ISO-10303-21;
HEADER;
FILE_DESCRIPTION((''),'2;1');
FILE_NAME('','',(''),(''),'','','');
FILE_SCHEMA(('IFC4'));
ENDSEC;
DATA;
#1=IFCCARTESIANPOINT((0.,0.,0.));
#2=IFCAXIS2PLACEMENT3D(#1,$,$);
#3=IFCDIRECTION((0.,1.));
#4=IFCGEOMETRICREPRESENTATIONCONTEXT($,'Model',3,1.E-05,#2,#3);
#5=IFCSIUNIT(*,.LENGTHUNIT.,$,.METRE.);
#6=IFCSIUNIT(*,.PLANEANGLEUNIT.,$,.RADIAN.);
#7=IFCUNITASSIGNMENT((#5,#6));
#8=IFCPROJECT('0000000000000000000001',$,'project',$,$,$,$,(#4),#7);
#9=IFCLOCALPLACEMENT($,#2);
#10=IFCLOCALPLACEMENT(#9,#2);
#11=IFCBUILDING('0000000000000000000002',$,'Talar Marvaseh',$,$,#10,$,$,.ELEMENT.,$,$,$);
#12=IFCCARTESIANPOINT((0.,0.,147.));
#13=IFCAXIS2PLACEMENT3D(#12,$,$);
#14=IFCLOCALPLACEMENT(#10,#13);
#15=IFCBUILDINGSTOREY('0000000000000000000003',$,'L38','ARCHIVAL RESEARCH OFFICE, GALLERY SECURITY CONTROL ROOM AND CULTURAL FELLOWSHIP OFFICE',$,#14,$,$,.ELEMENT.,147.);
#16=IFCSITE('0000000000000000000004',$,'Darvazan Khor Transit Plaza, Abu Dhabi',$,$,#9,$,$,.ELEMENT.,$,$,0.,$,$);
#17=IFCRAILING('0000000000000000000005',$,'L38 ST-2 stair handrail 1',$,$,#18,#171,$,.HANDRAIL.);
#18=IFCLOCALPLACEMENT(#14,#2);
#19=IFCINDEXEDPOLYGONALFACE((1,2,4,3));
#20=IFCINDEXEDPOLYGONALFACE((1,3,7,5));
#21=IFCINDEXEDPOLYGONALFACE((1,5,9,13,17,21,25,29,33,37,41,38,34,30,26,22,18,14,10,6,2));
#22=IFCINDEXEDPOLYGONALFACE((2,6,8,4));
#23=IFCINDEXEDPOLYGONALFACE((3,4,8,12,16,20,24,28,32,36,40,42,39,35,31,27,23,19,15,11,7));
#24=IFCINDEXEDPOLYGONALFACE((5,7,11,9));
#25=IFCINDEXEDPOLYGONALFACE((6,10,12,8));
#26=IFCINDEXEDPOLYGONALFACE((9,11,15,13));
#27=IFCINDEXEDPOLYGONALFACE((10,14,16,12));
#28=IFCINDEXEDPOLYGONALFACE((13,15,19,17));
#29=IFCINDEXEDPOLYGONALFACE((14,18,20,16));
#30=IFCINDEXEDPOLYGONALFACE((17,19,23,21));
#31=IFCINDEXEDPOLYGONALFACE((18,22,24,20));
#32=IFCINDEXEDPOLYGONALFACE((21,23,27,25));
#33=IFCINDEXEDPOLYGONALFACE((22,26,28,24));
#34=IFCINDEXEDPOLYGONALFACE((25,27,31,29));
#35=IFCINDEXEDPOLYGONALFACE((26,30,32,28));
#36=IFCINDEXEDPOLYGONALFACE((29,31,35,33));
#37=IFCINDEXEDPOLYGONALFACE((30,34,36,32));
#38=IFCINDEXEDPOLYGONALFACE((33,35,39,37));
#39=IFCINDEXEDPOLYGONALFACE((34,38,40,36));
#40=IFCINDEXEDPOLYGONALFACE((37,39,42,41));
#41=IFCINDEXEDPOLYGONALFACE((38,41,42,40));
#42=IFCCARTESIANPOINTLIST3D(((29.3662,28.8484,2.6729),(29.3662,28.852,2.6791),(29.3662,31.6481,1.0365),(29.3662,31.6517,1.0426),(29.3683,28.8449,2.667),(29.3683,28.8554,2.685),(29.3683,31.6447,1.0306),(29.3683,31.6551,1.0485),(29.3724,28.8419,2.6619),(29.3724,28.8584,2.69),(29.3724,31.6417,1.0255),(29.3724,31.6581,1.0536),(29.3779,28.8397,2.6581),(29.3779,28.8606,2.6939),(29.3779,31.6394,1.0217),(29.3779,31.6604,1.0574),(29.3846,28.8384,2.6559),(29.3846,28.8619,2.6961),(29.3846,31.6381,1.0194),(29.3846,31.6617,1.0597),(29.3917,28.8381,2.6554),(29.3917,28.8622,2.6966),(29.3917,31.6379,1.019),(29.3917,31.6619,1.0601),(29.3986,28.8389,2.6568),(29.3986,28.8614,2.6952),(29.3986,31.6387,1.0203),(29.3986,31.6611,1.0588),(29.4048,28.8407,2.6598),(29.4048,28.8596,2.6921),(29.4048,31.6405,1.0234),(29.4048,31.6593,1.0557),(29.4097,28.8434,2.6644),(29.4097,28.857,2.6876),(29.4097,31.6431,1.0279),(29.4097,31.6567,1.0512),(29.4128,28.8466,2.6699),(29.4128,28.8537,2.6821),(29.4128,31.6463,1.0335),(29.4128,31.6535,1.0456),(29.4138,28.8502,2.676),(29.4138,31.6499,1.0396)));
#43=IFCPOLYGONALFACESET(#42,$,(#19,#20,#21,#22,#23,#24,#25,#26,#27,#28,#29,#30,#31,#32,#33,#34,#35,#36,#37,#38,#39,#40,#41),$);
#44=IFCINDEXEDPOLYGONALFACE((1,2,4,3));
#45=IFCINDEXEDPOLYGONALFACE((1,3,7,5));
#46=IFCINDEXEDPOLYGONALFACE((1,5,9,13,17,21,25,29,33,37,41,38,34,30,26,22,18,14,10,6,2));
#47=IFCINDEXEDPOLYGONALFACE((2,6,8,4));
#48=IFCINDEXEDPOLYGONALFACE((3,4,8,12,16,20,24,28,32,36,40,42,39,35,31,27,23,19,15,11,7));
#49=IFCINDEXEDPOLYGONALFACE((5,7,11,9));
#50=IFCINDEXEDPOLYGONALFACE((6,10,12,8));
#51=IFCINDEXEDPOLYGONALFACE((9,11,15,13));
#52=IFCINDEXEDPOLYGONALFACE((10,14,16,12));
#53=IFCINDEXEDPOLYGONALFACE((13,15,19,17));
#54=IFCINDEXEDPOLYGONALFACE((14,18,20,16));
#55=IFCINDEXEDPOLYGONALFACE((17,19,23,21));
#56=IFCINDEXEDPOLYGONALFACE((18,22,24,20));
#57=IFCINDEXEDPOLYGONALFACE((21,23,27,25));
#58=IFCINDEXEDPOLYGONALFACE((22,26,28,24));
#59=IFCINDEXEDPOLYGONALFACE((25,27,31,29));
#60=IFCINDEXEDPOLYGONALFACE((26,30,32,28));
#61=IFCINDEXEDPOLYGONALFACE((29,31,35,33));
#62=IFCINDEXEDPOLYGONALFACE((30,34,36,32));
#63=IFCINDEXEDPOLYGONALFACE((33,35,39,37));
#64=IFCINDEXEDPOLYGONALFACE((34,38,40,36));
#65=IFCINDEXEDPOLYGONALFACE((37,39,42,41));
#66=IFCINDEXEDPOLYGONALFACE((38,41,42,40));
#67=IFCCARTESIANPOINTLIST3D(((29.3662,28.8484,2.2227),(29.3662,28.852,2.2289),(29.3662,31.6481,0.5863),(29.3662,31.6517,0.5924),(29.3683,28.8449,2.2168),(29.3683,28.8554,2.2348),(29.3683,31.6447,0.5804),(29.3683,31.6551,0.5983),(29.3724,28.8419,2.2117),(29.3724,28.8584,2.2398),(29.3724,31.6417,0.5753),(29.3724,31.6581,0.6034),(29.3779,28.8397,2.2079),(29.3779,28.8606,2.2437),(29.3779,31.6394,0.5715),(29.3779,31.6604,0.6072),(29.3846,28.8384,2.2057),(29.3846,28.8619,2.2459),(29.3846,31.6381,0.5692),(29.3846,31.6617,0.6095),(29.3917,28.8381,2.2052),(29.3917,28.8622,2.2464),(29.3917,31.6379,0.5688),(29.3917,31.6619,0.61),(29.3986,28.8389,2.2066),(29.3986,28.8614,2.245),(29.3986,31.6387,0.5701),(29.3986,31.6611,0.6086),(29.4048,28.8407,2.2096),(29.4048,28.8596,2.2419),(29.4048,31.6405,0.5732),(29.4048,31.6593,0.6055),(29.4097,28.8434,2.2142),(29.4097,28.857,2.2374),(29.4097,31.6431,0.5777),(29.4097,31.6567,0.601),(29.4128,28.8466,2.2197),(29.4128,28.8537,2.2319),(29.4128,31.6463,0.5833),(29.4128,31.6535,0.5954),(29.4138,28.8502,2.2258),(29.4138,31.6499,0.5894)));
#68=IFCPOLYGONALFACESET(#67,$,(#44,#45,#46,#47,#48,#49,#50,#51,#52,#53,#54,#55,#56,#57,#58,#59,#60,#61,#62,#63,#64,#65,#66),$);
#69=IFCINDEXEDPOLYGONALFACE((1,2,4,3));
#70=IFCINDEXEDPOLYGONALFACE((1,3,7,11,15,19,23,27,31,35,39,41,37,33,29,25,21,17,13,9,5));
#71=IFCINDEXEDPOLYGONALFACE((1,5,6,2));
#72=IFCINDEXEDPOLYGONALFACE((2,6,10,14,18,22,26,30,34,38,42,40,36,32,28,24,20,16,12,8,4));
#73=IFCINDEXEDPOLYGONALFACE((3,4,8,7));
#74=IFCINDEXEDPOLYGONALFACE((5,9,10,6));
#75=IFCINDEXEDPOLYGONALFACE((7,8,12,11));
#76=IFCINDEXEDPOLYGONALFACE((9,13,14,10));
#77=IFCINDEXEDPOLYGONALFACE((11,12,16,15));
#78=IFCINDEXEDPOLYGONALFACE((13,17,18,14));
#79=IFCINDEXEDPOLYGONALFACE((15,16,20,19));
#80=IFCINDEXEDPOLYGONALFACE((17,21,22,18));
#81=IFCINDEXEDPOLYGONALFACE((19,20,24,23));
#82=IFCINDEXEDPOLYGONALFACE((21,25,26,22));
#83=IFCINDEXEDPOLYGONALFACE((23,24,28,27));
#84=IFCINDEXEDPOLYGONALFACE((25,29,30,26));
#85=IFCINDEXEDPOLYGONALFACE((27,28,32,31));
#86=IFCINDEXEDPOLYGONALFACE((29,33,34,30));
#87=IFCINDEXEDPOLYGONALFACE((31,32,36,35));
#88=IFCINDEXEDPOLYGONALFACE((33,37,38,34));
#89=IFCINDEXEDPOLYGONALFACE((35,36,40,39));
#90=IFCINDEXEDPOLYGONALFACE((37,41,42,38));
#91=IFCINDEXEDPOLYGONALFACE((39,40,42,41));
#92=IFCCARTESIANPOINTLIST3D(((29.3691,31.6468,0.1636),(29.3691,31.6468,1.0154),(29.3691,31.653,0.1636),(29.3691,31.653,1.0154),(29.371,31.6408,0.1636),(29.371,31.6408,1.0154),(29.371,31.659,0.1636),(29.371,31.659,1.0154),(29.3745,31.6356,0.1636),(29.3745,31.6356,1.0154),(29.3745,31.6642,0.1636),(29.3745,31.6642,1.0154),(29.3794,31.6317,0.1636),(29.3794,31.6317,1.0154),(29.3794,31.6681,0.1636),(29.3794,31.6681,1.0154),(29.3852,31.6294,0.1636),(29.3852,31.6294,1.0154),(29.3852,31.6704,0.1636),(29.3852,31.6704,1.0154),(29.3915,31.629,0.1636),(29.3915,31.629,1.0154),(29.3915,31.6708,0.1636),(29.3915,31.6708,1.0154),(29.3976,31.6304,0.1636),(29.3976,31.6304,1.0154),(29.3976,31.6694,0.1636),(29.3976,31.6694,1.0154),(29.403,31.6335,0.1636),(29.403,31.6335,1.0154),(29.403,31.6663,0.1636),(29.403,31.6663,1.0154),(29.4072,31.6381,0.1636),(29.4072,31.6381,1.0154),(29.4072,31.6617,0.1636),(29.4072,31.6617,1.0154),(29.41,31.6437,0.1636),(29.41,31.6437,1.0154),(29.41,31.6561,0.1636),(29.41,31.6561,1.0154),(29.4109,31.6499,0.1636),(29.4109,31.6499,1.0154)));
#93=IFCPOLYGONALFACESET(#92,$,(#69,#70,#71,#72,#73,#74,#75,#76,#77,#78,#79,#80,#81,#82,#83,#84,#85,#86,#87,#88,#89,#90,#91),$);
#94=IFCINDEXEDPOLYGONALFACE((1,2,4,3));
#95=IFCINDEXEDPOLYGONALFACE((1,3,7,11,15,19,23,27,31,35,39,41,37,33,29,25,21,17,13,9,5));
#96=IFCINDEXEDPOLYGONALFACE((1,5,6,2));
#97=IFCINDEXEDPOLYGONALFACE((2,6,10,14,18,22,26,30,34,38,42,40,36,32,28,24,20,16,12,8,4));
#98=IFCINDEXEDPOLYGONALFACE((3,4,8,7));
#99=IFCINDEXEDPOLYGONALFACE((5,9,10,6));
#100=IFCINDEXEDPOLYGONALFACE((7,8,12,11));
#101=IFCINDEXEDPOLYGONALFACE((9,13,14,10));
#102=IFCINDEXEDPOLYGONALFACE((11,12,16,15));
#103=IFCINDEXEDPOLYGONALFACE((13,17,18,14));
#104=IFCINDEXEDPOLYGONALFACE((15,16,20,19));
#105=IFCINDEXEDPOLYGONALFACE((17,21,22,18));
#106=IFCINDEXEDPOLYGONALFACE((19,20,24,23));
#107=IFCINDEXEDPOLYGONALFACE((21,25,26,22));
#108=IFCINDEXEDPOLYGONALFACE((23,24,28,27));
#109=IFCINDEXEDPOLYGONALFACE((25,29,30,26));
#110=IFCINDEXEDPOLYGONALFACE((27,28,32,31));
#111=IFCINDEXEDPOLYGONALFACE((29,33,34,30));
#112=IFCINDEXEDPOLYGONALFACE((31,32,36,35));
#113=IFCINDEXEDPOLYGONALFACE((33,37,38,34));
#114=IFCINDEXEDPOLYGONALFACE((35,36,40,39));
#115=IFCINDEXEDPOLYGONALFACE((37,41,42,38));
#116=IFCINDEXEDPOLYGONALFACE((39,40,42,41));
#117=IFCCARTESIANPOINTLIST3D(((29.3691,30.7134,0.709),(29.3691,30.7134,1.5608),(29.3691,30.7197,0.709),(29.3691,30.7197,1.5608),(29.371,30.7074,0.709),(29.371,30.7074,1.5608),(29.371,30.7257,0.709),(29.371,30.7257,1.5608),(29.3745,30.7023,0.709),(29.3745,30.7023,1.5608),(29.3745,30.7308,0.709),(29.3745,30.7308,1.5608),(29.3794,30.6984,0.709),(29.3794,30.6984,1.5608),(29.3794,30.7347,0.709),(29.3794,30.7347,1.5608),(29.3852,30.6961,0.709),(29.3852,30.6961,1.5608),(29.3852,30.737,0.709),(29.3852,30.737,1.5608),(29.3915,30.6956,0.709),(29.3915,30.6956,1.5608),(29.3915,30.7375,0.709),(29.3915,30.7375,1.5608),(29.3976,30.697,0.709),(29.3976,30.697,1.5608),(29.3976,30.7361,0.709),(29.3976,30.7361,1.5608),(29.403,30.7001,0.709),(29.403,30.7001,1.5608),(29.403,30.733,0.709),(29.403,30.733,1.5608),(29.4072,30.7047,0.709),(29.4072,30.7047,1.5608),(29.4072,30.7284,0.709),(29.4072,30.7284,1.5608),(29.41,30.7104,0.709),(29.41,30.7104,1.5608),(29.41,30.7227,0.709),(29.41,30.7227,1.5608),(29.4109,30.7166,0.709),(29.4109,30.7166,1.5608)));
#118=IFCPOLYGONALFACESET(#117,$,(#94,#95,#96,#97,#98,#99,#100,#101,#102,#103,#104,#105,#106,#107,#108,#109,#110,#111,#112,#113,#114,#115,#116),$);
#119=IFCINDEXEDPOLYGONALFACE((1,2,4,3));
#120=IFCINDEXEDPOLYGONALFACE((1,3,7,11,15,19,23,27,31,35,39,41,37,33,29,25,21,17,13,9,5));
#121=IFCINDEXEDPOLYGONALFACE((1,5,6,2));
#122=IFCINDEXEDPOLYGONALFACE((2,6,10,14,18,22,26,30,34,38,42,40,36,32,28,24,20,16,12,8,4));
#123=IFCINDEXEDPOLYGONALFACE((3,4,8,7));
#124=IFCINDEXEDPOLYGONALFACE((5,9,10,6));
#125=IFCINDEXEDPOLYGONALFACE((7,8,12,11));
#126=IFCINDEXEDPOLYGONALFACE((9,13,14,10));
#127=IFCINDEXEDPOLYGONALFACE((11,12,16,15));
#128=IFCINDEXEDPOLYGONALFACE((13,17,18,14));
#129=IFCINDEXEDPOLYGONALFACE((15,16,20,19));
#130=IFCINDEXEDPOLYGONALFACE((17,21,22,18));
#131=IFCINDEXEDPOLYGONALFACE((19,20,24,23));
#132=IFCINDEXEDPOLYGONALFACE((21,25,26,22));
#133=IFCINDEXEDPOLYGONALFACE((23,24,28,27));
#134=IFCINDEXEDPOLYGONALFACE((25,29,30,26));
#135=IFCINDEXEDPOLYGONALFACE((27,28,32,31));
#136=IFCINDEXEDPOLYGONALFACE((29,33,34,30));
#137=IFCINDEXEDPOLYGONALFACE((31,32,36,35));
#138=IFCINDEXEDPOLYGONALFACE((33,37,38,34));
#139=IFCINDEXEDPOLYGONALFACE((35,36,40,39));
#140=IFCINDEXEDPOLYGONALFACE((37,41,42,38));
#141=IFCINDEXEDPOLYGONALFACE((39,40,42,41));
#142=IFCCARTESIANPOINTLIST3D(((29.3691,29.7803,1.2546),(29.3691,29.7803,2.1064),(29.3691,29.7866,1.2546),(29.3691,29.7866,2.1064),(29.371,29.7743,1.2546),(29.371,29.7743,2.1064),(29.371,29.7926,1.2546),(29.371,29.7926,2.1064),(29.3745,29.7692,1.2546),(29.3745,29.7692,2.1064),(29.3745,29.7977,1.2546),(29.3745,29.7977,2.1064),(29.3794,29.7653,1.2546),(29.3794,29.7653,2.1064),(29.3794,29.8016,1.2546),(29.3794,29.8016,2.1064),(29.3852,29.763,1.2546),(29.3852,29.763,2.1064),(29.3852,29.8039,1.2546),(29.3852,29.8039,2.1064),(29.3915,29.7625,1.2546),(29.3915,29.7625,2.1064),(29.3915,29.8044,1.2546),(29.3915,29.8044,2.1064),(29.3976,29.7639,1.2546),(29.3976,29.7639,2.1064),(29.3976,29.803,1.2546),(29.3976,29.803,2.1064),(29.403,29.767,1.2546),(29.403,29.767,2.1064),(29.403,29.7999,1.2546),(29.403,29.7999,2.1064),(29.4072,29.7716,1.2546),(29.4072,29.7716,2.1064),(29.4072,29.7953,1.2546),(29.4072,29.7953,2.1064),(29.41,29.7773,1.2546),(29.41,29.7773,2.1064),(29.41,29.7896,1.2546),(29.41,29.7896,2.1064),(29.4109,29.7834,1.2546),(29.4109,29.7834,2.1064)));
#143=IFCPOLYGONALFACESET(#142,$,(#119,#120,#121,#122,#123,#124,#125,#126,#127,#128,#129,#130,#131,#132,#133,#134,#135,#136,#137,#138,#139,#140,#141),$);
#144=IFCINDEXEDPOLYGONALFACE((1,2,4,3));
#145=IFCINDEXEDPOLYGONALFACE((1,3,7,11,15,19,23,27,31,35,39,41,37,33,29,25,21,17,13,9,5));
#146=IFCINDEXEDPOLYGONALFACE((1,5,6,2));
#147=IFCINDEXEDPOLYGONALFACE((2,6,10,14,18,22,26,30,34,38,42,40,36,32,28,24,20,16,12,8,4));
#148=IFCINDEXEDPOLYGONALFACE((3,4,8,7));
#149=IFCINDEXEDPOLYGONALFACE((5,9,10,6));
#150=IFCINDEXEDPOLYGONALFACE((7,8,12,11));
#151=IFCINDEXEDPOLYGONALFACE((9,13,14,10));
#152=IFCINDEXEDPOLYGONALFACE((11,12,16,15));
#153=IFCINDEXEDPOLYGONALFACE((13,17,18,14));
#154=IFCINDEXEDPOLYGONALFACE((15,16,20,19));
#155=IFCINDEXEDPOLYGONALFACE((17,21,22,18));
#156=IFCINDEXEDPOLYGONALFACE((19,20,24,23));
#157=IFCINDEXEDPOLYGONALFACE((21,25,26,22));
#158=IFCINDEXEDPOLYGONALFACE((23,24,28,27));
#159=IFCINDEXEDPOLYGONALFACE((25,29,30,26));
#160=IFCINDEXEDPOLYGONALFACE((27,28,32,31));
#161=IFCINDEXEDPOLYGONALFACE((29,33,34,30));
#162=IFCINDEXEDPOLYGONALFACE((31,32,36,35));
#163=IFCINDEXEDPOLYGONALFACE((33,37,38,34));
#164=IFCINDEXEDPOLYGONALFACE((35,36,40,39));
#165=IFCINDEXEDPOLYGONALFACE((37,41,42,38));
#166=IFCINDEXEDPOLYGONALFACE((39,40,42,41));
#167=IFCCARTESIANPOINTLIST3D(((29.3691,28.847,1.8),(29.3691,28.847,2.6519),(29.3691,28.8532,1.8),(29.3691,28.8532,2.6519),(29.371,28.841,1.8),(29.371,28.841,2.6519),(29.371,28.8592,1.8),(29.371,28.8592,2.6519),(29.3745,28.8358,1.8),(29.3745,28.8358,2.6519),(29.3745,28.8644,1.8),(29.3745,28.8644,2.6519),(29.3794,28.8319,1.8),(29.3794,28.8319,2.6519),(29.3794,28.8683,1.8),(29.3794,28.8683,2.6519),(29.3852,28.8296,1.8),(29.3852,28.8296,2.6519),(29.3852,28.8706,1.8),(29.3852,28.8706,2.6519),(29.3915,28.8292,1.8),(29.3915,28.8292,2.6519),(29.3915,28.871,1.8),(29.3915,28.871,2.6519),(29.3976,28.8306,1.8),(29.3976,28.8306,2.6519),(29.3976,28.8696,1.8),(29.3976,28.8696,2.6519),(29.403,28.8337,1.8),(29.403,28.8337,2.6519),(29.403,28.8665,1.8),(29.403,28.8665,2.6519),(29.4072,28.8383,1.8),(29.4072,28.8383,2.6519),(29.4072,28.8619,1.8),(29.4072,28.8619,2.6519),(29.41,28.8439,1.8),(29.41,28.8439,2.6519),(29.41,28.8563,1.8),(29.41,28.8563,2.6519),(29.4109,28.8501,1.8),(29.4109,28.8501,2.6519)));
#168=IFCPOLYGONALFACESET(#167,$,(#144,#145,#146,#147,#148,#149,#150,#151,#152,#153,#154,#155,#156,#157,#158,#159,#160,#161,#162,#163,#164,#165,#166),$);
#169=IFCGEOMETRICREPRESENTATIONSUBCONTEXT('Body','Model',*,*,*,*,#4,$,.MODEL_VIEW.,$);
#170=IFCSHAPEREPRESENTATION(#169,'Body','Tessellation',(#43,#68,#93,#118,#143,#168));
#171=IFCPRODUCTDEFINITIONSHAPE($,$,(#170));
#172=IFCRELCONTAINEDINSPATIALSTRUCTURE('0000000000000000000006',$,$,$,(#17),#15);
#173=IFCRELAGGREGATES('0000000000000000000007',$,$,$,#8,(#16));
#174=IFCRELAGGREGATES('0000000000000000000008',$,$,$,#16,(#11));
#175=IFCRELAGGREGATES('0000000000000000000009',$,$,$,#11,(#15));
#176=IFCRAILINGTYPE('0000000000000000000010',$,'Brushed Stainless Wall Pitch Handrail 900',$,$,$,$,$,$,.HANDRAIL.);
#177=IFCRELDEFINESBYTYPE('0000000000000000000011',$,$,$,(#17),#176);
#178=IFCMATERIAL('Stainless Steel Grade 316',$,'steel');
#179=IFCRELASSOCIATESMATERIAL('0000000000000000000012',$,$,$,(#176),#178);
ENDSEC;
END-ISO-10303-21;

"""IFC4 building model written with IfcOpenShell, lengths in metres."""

from ifc_helpers import new_model, si_unit, direction, frame, origin, origin_2d, place, context, subcontext, project, spatial, circle, extrude, material, type_object, element, save


model = new_model("IFC4")

# Units and contexts
model_context = context("Model", 3, precision=1e-05, world=origin(), true_north=direction((0.0, 1.0)))
body_context = subcontext(model_context, "Body", "Model", "MODEL_VIEW")
ifc_project = project(units=[si_unit("LENGTHUNIT", "METRE"), si_unit("PLANEANGLEUNIT", "RADIAN")], contexts=[model_context])

# Site, building, storey
site_placement = place(None, origin())
site = spatial("IfcSite", under=ifc_project, at=site_placement, Name="Darvazan Khor Transit Plaza, Abu Dhabi", CompositionType="ELEMENT", RefElevation=0.0)
building_placement = place(site_placement, origin())
building = spatial("IfcBuilding", under=site, at=building_placement, Name="Talar Marvaseh", CompositionType="ELEMENT")
storey_placement = place(building_placement, frame((0.0, 0.0, 147.0)))
storey = spatial("IfcBuildingStorey", under=building, at=storey_placement, Name="L38", Description="ARCHIVAL RESEARCH OFFICE, GALLERY SECURITY CONTROL ROOM AND CULTURAL FELLOWSHIP OFFICE", CompositionType="ELEMENT", Elevation=147.0)

# Shared definitions
ifc_material_1 = material(Name="Stainless Steel Grade 316", Category="steel")

# Railing
railing_type_1 = type_object("IfcRailingType", Name="Brushed Stainless Wall Pitch Handrail 900", PredefinedType="HANDRAIL", material=ifc_material_1)
railing_1_placement = place(storey_placement, frame((29.3899, 31.6499, 0.1636)))
element("IfcRailing", 1, at=railing_1_placement, inside=storey, type_object=railing_type_1, Name="L38 ST-2 stair handrail 1", PredefinedType="HANDRAIL", context=body_context, shape_type="SweptSolid", body=[
    extrude(circle(Radius=0.0239, at=origin_2d()), frame((0.0, 0.0, 0.876), z_axis=(0.0, -0.863342, 0.50462), x_axis=(1.0, 0.0, 0.0)), (0.0, 0.0, 1.0), 3.2429),
    extrude(circle(Radius=0.0239, at=origin_2d()), frame((0.0, 0.0, 0.4258), z_axis=(0.0, -0.863342, 0.50462), x_axis=(1.0, 0.0, 0.0)), (0.0, 0.0, 1.0), 3.2429),
    extrude(circle(Radius=0.021, at=origin_2d()), origin(), (0.0, 0.0, 1.0), 0.8518),
    extrude(circle(Radius=0.021, at=origin_2d()), frame((0.0, -0.9333, 0.5454)), (0.0, 0.0, 1.0), 0.8518),
    extrude(circle(Radius=0.021, at=origin_2d()), frame((0.0, -1.8665, 1.0911)), (0.0, 0.0, 1.0), 0.8518),
    extrude(circle(Radius=0.021, at=origin_2d()), frame((0.0, -2.7998, 1.6365)), (0.0, 0.0, 1.0), 0.8518),
])

save(model, "model.ifc")
